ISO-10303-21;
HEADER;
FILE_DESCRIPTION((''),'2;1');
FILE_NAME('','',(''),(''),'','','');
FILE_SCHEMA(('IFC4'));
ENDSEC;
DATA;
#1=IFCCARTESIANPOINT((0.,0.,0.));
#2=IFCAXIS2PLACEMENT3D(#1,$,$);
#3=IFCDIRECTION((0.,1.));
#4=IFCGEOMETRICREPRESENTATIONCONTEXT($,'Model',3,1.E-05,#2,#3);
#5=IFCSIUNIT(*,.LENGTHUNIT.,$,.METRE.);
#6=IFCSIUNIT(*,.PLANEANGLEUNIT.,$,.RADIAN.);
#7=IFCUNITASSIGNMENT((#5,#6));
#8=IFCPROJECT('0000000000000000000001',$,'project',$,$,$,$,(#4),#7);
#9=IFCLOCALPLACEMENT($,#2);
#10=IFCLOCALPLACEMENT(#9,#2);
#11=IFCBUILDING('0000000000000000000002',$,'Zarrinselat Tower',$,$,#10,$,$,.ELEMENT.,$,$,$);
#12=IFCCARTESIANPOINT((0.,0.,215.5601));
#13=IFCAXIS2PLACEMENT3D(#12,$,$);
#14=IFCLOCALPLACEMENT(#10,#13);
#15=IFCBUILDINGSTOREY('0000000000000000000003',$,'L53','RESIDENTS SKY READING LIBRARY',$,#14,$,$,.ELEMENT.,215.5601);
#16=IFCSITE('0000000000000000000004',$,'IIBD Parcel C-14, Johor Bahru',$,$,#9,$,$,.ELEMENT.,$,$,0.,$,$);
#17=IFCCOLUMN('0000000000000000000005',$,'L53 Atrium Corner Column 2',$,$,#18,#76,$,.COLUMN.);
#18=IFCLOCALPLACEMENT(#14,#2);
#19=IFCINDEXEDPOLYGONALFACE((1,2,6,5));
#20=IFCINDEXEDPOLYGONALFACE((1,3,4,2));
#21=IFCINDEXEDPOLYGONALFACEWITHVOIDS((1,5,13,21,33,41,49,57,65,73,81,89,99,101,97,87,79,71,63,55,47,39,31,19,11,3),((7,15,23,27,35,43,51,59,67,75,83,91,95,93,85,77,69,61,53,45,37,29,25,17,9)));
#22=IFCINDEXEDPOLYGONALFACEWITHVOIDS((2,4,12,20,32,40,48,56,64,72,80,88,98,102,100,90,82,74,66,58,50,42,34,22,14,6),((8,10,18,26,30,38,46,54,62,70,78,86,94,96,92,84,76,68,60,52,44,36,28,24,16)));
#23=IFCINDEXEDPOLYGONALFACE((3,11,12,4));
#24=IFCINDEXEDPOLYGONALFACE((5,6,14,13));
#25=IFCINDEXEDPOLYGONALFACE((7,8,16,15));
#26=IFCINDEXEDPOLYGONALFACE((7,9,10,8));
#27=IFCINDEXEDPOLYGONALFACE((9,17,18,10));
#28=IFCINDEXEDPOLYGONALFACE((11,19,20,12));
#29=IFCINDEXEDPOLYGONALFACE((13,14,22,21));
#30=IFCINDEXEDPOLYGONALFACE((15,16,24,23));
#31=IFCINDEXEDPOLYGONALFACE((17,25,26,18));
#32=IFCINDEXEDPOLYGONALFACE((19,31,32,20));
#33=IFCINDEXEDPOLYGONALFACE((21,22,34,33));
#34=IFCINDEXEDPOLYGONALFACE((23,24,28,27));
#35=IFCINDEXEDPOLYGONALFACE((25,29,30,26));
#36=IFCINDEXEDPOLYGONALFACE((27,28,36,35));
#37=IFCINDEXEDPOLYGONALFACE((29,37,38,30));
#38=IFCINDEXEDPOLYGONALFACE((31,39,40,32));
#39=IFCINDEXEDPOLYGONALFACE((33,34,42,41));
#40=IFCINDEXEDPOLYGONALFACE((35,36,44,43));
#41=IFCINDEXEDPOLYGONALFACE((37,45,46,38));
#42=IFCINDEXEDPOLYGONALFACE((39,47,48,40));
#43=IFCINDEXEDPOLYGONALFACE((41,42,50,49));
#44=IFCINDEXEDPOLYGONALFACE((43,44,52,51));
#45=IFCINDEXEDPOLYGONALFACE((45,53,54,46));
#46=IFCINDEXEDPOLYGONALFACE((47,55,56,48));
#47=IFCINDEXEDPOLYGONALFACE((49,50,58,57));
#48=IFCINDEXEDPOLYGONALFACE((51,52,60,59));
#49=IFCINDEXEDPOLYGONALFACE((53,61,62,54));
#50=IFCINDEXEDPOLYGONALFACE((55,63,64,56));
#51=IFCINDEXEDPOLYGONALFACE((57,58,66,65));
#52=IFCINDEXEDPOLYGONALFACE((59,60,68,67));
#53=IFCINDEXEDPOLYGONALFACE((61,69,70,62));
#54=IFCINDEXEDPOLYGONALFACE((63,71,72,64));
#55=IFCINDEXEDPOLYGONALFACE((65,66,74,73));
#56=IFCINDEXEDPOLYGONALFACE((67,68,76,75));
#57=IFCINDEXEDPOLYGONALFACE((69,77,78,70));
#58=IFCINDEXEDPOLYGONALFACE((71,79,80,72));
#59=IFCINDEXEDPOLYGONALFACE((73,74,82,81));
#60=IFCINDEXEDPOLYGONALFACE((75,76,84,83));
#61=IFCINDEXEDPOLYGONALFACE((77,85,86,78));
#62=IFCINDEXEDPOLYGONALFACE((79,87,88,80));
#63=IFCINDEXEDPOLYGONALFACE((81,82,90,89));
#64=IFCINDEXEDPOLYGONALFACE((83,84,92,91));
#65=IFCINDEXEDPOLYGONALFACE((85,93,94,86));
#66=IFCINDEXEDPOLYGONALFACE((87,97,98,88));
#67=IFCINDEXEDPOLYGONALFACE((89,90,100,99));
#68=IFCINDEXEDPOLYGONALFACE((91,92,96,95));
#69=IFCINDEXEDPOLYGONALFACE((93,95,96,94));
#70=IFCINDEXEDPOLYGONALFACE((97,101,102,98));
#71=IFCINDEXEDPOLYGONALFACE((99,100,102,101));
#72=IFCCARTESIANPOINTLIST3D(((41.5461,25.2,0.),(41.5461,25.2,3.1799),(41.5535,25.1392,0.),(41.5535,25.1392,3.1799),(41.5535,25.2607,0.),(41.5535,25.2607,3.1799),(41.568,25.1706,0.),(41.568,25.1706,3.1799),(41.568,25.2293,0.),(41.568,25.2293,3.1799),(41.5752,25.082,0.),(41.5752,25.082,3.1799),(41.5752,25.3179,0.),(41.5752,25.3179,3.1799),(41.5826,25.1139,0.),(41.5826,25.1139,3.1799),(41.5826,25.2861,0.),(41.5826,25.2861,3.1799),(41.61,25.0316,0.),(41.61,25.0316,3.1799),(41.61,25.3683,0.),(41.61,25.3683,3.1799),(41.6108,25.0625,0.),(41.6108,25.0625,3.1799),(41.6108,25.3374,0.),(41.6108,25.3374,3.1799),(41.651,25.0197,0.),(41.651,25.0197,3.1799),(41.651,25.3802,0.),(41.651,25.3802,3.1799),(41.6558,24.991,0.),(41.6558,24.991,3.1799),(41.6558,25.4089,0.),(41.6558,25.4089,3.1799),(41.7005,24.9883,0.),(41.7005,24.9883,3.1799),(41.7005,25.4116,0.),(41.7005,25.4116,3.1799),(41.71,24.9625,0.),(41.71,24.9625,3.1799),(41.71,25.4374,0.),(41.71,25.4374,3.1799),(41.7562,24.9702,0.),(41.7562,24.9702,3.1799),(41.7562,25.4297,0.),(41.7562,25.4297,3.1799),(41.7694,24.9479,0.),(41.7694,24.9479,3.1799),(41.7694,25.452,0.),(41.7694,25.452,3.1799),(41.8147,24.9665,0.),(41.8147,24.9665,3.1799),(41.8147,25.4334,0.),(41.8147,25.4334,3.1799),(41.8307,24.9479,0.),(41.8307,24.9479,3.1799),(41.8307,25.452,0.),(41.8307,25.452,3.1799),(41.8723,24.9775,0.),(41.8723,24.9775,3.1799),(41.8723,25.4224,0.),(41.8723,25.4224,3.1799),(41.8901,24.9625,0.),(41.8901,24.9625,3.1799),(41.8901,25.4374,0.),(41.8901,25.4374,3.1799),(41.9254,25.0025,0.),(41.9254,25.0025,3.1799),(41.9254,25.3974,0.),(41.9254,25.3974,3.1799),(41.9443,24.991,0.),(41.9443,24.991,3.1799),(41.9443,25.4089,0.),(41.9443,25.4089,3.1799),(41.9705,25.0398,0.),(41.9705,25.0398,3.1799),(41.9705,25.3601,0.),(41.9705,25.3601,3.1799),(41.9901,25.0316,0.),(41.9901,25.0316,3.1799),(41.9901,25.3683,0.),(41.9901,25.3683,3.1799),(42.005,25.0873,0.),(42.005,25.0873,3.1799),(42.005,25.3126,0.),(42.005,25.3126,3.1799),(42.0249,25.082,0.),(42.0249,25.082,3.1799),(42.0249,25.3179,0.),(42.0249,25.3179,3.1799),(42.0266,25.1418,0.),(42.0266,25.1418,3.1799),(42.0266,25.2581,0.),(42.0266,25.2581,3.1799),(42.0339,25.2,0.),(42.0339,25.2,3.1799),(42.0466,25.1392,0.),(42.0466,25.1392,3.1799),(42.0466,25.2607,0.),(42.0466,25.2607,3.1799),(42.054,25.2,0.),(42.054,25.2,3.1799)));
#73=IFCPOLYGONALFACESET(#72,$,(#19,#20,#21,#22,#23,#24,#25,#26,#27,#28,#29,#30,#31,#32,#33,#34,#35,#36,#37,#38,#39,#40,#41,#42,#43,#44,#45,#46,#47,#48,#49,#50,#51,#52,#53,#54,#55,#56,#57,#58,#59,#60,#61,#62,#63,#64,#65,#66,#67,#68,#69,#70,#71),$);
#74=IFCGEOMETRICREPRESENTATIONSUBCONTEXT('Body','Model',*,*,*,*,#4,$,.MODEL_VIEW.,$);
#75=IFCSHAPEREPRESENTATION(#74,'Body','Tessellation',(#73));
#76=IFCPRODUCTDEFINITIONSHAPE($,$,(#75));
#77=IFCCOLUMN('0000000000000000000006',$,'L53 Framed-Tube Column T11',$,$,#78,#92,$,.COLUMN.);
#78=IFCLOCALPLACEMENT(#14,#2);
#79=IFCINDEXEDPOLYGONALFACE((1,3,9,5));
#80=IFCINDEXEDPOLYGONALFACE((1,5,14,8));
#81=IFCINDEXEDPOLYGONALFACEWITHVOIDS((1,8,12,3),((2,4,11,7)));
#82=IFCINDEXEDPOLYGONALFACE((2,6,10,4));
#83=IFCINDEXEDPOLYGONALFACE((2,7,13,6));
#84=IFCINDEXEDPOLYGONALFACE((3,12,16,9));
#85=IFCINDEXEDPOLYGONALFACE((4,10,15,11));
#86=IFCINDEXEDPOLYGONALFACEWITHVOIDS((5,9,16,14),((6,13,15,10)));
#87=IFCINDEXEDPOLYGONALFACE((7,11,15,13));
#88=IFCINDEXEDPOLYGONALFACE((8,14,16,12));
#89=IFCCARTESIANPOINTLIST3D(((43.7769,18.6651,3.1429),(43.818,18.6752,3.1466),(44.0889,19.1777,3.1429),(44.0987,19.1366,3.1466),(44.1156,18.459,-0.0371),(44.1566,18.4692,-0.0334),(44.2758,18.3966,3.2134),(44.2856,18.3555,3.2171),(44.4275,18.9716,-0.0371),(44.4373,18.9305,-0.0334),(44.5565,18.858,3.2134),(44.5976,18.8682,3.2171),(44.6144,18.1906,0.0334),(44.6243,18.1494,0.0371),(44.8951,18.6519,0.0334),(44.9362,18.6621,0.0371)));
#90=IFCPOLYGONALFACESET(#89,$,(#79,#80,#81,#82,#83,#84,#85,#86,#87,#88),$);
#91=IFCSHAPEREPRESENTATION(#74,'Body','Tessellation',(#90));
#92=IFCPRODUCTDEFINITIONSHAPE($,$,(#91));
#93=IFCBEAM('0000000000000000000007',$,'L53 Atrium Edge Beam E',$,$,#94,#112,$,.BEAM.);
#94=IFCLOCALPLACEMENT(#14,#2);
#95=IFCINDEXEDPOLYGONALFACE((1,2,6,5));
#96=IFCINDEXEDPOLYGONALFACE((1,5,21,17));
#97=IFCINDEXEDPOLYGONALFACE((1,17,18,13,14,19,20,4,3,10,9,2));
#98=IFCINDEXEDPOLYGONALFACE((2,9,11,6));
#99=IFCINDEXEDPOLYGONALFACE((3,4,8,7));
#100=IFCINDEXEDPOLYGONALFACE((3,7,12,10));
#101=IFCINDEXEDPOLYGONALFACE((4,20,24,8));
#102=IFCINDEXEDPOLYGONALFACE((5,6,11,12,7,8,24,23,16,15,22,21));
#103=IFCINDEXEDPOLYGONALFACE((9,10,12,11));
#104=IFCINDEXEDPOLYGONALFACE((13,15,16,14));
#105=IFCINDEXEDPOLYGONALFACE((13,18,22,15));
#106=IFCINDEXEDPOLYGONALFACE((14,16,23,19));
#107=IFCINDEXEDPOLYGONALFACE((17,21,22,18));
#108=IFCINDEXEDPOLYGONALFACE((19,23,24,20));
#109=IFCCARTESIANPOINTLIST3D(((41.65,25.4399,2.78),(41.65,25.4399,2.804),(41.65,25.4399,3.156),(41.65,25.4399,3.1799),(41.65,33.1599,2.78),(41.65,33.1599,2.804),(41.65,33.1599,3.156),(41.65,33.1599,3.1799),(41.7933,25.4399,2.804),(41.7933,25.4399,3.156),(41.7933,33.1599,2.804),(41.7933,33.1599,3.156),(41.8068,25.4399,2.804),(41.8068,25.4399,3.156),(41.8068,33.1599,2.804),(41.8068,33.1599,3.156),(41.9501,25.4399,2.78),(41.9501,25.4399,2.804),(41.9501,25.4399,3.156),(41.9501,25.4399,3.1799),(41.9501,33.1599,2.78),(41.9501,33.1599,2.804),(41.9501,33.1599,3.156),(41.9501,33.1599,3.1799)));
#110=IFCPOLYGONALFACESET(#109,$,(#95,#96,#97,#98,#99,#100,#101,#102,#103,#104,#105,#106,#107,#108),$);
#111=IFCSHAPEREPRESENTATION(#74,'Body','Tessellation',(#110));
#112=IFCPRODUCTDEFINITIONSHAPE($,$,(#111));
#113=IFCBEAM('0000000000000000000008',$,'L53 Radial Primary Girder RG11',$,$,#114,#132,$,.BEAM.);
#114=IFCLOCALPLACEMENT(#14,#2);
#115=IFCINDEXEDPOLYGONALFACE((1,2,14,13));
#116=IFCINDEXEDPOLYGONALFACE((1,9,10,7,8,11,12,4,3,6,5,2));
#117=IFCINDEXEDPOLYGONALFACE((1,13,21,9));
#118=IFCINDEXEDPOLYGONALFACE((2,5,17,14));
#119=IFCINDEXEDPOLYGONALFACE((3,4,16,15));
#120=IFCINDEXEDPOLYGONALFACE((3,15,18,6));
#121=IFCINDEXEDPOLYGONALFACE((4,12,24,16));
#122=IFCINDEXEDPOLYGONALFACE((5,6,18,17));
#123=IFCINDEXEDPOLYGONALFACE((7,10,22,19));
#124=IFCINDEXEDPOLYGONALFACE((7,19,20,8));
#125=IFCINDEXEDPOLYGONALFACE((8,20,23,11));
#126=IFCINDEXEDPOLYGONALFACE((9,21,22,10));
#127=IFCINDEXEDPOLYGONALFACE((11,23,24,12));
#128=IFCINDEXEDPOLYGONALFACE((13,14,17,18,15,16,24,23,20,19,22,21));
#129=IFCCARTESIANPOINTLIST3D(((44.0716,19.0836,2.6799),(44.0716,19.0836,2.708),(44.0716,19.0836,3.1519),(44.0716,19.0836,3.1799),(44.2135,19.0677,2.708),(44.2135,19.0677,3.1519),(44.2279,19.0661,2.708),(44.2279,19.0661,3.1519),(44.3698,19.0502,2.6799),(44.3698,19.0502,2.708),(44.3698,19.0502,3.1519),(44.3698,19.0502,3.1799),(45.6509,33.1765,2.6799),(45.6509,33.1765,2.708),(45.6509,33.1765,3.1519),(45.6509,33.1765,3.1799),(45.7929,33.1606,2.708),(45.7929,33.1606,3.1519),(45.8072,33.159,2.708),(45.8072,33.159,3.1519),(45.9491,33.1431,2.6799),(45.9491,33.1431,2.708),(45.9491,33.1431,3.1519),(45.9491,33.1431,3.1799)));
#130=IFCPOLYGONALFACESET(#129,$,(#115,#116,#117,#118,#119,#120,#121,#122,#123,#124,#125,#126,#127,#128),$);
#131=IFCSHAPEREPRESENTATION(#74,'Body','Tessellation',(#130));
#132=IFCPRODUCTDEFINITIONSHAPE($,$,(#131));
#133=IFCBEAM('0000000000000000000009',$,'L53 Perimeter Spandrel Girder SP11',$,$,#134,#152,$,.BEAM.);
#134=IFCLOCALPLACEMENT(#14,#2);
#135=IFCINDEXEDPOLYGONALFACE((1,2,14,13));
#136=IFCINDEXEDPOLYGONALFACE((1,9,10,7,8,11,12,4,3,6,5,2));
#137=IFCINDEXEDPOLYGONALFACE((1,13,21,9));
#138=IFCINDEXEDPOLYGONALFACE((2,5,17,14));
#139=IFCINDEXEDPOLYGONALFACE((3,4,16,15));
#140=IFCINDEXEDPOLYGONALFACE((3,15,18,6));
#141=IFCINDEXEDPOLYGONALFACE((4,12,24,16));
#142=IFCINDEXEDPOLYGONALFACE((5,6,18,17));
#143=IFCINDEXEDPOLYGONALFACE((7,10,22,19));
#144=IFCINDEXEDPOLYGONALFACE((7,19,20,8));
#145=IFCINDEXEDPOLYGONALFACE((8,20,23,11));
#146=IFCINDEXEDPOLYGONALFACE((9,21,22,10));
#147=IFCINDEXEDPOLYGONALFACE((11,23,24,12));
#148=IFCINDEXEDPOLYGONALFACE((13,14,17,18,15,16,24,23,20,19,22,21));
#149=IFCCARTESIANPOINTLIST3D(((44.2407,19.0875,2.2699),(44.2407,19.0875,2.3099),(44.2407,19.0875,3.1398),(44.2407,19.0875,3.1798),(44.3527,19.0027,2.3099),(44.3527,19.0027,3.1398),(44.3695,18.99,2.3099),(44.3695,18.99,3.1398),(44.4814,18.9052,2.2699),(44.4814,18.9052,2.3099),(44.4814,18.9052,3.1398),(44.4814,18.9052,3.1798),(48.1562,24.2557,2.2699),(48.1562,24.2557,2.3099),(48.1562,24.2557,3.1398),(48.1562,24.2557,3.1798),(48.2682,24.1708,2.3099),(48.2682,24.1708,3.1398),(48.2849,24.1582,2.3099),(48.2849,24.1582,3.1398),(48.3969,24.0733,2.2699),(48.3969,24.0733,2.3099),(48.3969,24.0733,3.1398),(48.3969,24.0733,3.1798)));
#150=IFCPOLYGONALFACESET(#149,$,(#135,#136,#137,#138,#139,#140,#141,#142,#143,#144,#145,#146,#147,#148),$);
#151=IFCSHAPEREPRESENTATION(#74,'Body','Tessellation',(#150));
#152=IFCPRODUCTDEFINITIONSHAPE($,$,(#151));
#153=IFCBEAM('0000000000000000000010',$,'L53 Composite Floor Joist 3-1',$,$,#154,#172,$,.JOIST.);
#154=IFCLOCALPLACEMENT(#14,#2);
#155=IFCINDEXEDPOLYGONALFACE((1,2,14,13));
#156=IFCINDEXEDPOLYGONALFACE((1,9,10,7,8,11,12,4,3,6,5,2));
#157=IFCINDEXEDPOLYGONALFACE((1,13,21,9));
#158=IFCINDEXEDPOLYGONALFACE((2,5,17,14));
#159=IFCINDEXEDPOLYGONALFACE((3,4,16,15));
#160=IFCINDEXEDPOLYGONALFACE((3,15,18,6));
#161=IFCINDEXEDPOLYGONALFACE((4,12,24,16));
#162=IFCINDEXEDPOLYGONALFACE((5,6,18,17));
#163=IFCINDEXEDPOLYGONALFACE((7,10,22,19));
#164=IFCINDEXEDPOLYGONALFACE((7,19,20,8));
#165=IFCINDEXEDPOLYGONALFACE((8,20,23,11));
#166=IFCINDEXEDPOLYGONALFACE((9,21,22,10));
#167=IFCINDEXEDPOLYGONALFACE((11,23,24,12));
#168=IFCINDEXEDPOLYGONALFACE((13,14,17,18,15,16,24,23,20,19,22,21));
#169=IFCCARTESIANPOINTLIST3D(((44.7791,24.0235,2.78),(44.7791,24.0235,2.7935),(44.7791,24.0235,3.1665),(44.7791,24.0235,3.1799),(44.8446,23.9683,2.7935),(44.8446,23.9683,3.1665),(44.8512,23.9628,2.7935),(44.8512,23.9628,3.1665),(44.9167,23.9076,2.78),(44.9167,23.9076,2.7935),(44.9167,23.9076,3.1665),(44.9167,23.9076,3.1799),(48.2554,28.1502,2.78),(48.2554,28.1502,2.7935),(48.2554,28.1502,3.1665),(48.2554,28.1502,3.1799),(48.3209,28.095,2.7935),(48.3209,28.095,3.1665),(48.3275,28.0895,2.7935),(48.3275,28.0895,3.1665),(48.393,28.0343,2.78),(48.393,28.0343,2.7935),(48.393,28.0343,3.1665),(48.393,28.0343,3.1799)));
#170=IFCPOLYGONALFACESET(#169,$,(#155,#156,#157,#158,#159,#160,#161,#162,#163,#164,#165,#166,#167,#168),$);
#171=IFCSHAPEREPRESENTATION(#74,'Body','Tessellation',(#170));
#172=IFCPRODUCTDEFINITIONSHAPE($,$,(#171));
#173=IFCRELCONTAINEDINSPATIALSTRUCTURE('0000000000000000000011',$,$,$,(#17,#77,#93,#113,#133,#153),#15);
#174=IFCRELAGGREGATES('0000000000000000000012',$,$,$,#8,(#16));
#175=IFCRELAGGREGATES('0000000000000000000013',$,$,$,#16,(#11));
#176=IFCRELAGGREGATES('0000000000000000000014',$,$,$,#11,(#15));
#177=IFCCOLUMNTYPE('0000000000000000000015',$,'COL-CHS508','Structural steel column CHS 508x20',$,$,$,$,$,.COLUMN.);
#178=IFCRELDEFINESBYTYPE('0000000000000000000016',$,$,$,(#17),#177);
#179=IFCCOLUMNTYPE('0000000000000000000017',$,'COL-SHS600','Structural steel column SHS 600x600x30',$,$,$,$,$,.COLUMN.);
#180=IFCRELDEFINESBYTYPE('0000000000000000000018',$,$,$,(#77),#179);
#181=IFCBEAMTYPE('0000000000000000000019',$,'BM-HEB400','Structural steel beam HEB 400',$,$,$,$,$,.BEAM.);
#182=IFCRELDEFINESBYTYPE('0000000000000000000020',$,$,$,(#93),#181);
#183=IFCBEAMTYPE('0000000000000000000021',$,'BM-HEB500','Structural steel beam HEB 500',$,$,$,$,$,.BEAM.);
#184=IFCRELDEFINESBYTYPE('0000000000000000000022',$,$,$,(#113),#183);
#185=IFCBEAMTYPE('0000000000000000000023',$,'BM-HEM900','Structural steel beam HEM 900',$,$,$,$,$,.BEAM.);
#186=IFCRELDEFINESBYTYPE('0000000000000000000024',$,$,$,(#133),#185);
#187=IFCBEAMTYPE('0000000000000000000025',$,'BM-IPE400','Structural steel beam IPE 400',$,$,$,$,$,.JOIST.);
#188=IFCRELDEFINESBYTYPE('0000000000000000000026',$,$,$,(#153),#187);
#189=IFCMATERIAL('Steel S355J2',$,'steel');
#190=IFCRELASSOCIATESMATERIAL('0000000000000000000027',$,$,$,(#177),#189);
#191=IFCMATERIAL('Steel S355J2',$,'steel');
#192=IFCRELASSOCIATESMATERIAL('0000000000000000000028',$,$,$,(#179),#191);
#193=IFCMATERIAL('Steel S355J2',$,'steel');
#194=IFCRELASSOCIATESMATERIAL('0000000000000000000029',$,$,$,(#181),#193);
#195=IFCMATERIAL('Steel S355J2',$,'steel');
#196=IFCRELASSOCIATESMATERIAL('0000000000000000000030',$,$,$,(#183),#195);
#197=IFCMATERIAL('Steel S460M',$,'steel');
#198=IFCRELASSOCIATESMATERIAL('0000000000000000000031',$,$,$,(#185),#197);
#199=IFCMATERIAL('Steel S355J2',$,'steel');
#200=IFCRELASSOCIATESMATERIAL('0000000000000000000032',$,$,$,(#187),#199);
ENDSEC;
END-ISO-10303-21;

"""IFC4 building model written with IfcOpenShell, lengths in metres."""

from ifc_helpers import new_model, si_unit, direction, frame, origin, origin_2d, place, context, subcontext, project, spatial, hollow_rectangle, hollow_circle, i_section, extrude, material, material_profile, profile_set, type_object, element, save


model = new_model("IFC4")

# Units and contexts
model_context = context("Model", 3, precision=1e-05, world=origin(), true_north=direction((0.0, 1.0)))
body_context = subcontext(model_context, "Body", "Model", "MODEL_VIEW")
ifc_project = project(units=[si_unit("LENGTHUNIT", "METRE"), si_unit("PLANEANGLEUNIT", "RADIAN")], contexts=[model_context])

# Site, building, storey
site_placement = place(None, origin())
site = spatial("IfcSite", under=ifc_project, at=site_placement, Name="IIBD Parcel C-14, Johor Bahru", CompositionType="ELEMENT", RefElevation=0.0)
building_placement = place(site_placement, origin())
building = spatial("IfcBuilding", under=site, at=building_placement, Name="Zarrinselat Tower", CompositionType="ELEMENT")
storey_placement = place(building_placement, frame((0.0, 0.0, 215.5601)))
storey = spatial("IfcBuildingStorey", under=building, at=storey_placement, Name="L53", Description="RESIDENTS SKY READING LIBRARY", CompositionType="ELEMENT", Elevation=215.5601)

# Columns
ifc_material_1 = material(Name="Steel S355J2", Category="steel")
ifc_material_profile_1 = material_profile(ifc_material_1, hollow_circle(Radius=0.2539, WallThickness=0.02, at=origin_2d()), Name="CHS 508x20")
ifc_profile_set_1 = profile_set([ifc_material_profile_1], Name="Steel S355J2")
column_type_1 = type_object("IfcColumnType", Name="COL-CHS508", Description="Structural steel column CHS 508x20", PredefinedType="COLUMN", material=ifc_profile_set_1)
column_1_placement = place(storey_placement, frame((41.8, 25.2, 0.0), z_axis=(0.0, 0.0, 1.0), x_axis=(1.0, 0.0, 0.0)))
element("IfcColumn", 1, at=column_1_placement, inside=storey, type_object=column_type_1, Name="L53 Atrium Corner Column 2", PredefinedType="COLUMN", context=body_context, shape_type="SweptSolid", body=[
    extrude(hollow_circle(Radius=0.2539, WallThickness=0.02, at=origin_2d()), origin(), (0.0, 0.0, 1.0), 3.1799),
])
ifc_material_2 = material(Name="Steel S355J2", Category="steel")
ifc_material_profile_2 = material_profile(ifc_material_2, hollow_rectangle(XDim=0.6001, YDim=0.6001, WallThickness=0.03, at=origin_2d()), Name="SHS 600x600x30")
ifc_profile_set_2 = profile_set([ifc_material_profile_2], Name="Steel S355J2")
column_type_2 = type_object("IfcColumnType", Name="COL-SHS600", Description="Structural steel column SHS 600x600x30", PredefinedType="COLUMN", material=ifc_profile_set_2)
column_2_placement = place(storey_placement, frame((44.5259, 18.5605, 0.0), z_axis=(-0.10567, 0.064301, 0.99232), x_axis=(-0.51983, -0.85427, 0.0)))
element("IfcColumn", 2, at=column_2_placement, inside=storey, type_object=column_type_2, Name="L53 Framed-Tube Column T11", PredefinedType="COLUMN", context=body_context, shape_type="SweptSolid", body=[
    extrude(hollow_rectangle(XDim=0.6001, YDim=0.6001, WallThickness=0.03, at=origin_2d()), origin(), (0.0, 0.0, 1.0), 3.2046),
])

# Beams
ifc_material_3 = material(Name="Steel S355J2", Category="steel")
ifc_material_profile_3 = material_profile(ifc_material_3, i_section(OverallWidth=0.3, OverallDepth=0.3999, WebThickness=0.0134, FlangeThickness=0.0239, at=origin_2d()), Name="HEB 400")
ifc_profile_set_3 = profile_set([ifc_material_profile_3], Name="Steel S355J2")
beam_type_1 = type_object("IfcBeamType", Name="BM-HEB400", Description="Structural steel beam HEB 400", PredefinedType="BEAM", material=ifc_profile_set_3)
beam_1_placement = place(storey_placement, frame((41.8, 25.4399, 2.98), z_axis=(0.0, 1.0, 0.0), x_axis=(-1.0, 0.0, 0.0)))
element("IfcBeam", 3, at=beam_1_placement, inside=storey, type_object=beam_type_1, Name="L53 Atrium Edge Beam E", PredefinedType="BEAM", context=body_context, shape_type="SweptSolid", body=[
    extrude(i_section(OverallWidth=0.3, OverallDepth=0.3999, WebThickness=0.0134, FlangeThickness=0.0239, at=origin_2d()), origin(), (0.0, 0.0, 1.0), 7.72),
])
ifc_material_4 = material(Name="Steel S355J2", Category="steel")
ifc_material_profile_4 = material_profile(ifc_material_4, i_section(OverallWidth=0.3, OverallDepth=0.5, WebThickness=0.0144, FlangeThickness=0.0281, at=origin_2d()), Name="HEB 500")
ifc_profile_set_4 = profile_set([ifc_material_profile_4], Name="Steel S355J2")
beam_type_2 = type_object("IfcBeamType", Name="BM-HEB500", Description="Structural steel beam HEB 500", PredefinedType="BEAM", material=ifc_profile_set_4)
beam_2_placement = place(storey_placement, frame((44.2207, 19.0669, 2.9299), z_axis=(0.111369, 0.993779, 0.0), x_axis=(-0.993779, 0.111369, 0.0)))
element("IfcBeam", 4, at=beam_2_placement, inside=storey, type_object=beam_type_2, Name="L53 Radial Primary Girder RG11", PredefinedType="BEAM", context=body_context, shape_type="SweptSolid", body=[
    extrude(i_section(OverallWidth=0.3, OverallDepth=0.5, WebThickness=0.0144, FlangeThickness=0.0281, at=origin_2d()), origin(), (0.0, 0.0, 1.0), 14.1812),
])
ifc_material_5 = material(Name="Steel S460M", Category="steel")
ifc_material_profile_5 = material_profile(ifc_material_5, i_section(OverallWidth=0.302, OverallDepth=0.9099, WebThickness=0.021, FlangeThickness=0.04, at=origin_2d()), Name="HEM 900")
ifc_profile_set_5 = profile_set([ifc_material_profile_5], Name="Steel S460M")
beam_type_3 = type_object("IfcBeamType", Name="BM-HEM900", Description="Structural steel beam HEM 900", PredefinedType="BEAM", material=ifc_profile_set_5)
beam_3_placement = place(storey_placement, frame((44.3611, 18.9963, 2.7249), z_axis=(0.603879, 0.797076, 0.0), x_axis=(-0.797076, 0.603879, 0.0)))
element("IfcBeam", 5, at=beam_3_placement, inside=storey, type_object=beam_type_3, Name="L53 Perimeter Spandrel Girder SP11", PredefinedType="BEAM", context=body_context, shape_type="SweptSolid", body=[
    extrude(i_section(OverallWidth=0.302, OverallDepth=0.9099, WebThickness=0.021, FlangeThickness=0.04, at=origin_2d()), origin(), (0.0, 0.0, 1.0), 6.4839),
])
ifc_material_6 = material(Name="Steel S355J2", Category="steel")
ifc_material_profile_6 = material_profile(ifc_material_6, i_section(OverallWidth=0.1799, OverallDepth=0.3999, WebThickness=0.0085, FlangeThickness=0.0134, at=origin_2d()), Name="IPE 400")
ifc_profile_set_6 = profile_set([ifc_material_profile_6], Name="Steel S355J2")
beam_type_4 = type_object("IfcBeamType", Name="BM-IPE400", Description="Structural steel beam IPE 400", PredefinedType="JOIST", material=ifc_profile_set_6)
beam_4_placement = place(storey_placement, frame((44.8479, 23.9656, 2.98), z_axis=(0.644265, 0.764802, 0.0), x_axis=(-0.764802, 0.644265, 0.0)))
element("IfcBeam", 6, at=beam_4_placement, inside=storey, type_object=beam_type_4, Name="L53 Composite Floor Joist 3-1", PredefinedType="JOIST", context=body_context, shape_type="SweptSolid", body=[
    extrude(i_section(OverallWidth=0.1799, OverallDepth=0.3999, WebThickness=0.0085, FlangeThickness=0.0134, at=origin_2d()), origin(), (0.0, 0.0, 1.0), 5.3958),
])

save(model, "model.ifc")
